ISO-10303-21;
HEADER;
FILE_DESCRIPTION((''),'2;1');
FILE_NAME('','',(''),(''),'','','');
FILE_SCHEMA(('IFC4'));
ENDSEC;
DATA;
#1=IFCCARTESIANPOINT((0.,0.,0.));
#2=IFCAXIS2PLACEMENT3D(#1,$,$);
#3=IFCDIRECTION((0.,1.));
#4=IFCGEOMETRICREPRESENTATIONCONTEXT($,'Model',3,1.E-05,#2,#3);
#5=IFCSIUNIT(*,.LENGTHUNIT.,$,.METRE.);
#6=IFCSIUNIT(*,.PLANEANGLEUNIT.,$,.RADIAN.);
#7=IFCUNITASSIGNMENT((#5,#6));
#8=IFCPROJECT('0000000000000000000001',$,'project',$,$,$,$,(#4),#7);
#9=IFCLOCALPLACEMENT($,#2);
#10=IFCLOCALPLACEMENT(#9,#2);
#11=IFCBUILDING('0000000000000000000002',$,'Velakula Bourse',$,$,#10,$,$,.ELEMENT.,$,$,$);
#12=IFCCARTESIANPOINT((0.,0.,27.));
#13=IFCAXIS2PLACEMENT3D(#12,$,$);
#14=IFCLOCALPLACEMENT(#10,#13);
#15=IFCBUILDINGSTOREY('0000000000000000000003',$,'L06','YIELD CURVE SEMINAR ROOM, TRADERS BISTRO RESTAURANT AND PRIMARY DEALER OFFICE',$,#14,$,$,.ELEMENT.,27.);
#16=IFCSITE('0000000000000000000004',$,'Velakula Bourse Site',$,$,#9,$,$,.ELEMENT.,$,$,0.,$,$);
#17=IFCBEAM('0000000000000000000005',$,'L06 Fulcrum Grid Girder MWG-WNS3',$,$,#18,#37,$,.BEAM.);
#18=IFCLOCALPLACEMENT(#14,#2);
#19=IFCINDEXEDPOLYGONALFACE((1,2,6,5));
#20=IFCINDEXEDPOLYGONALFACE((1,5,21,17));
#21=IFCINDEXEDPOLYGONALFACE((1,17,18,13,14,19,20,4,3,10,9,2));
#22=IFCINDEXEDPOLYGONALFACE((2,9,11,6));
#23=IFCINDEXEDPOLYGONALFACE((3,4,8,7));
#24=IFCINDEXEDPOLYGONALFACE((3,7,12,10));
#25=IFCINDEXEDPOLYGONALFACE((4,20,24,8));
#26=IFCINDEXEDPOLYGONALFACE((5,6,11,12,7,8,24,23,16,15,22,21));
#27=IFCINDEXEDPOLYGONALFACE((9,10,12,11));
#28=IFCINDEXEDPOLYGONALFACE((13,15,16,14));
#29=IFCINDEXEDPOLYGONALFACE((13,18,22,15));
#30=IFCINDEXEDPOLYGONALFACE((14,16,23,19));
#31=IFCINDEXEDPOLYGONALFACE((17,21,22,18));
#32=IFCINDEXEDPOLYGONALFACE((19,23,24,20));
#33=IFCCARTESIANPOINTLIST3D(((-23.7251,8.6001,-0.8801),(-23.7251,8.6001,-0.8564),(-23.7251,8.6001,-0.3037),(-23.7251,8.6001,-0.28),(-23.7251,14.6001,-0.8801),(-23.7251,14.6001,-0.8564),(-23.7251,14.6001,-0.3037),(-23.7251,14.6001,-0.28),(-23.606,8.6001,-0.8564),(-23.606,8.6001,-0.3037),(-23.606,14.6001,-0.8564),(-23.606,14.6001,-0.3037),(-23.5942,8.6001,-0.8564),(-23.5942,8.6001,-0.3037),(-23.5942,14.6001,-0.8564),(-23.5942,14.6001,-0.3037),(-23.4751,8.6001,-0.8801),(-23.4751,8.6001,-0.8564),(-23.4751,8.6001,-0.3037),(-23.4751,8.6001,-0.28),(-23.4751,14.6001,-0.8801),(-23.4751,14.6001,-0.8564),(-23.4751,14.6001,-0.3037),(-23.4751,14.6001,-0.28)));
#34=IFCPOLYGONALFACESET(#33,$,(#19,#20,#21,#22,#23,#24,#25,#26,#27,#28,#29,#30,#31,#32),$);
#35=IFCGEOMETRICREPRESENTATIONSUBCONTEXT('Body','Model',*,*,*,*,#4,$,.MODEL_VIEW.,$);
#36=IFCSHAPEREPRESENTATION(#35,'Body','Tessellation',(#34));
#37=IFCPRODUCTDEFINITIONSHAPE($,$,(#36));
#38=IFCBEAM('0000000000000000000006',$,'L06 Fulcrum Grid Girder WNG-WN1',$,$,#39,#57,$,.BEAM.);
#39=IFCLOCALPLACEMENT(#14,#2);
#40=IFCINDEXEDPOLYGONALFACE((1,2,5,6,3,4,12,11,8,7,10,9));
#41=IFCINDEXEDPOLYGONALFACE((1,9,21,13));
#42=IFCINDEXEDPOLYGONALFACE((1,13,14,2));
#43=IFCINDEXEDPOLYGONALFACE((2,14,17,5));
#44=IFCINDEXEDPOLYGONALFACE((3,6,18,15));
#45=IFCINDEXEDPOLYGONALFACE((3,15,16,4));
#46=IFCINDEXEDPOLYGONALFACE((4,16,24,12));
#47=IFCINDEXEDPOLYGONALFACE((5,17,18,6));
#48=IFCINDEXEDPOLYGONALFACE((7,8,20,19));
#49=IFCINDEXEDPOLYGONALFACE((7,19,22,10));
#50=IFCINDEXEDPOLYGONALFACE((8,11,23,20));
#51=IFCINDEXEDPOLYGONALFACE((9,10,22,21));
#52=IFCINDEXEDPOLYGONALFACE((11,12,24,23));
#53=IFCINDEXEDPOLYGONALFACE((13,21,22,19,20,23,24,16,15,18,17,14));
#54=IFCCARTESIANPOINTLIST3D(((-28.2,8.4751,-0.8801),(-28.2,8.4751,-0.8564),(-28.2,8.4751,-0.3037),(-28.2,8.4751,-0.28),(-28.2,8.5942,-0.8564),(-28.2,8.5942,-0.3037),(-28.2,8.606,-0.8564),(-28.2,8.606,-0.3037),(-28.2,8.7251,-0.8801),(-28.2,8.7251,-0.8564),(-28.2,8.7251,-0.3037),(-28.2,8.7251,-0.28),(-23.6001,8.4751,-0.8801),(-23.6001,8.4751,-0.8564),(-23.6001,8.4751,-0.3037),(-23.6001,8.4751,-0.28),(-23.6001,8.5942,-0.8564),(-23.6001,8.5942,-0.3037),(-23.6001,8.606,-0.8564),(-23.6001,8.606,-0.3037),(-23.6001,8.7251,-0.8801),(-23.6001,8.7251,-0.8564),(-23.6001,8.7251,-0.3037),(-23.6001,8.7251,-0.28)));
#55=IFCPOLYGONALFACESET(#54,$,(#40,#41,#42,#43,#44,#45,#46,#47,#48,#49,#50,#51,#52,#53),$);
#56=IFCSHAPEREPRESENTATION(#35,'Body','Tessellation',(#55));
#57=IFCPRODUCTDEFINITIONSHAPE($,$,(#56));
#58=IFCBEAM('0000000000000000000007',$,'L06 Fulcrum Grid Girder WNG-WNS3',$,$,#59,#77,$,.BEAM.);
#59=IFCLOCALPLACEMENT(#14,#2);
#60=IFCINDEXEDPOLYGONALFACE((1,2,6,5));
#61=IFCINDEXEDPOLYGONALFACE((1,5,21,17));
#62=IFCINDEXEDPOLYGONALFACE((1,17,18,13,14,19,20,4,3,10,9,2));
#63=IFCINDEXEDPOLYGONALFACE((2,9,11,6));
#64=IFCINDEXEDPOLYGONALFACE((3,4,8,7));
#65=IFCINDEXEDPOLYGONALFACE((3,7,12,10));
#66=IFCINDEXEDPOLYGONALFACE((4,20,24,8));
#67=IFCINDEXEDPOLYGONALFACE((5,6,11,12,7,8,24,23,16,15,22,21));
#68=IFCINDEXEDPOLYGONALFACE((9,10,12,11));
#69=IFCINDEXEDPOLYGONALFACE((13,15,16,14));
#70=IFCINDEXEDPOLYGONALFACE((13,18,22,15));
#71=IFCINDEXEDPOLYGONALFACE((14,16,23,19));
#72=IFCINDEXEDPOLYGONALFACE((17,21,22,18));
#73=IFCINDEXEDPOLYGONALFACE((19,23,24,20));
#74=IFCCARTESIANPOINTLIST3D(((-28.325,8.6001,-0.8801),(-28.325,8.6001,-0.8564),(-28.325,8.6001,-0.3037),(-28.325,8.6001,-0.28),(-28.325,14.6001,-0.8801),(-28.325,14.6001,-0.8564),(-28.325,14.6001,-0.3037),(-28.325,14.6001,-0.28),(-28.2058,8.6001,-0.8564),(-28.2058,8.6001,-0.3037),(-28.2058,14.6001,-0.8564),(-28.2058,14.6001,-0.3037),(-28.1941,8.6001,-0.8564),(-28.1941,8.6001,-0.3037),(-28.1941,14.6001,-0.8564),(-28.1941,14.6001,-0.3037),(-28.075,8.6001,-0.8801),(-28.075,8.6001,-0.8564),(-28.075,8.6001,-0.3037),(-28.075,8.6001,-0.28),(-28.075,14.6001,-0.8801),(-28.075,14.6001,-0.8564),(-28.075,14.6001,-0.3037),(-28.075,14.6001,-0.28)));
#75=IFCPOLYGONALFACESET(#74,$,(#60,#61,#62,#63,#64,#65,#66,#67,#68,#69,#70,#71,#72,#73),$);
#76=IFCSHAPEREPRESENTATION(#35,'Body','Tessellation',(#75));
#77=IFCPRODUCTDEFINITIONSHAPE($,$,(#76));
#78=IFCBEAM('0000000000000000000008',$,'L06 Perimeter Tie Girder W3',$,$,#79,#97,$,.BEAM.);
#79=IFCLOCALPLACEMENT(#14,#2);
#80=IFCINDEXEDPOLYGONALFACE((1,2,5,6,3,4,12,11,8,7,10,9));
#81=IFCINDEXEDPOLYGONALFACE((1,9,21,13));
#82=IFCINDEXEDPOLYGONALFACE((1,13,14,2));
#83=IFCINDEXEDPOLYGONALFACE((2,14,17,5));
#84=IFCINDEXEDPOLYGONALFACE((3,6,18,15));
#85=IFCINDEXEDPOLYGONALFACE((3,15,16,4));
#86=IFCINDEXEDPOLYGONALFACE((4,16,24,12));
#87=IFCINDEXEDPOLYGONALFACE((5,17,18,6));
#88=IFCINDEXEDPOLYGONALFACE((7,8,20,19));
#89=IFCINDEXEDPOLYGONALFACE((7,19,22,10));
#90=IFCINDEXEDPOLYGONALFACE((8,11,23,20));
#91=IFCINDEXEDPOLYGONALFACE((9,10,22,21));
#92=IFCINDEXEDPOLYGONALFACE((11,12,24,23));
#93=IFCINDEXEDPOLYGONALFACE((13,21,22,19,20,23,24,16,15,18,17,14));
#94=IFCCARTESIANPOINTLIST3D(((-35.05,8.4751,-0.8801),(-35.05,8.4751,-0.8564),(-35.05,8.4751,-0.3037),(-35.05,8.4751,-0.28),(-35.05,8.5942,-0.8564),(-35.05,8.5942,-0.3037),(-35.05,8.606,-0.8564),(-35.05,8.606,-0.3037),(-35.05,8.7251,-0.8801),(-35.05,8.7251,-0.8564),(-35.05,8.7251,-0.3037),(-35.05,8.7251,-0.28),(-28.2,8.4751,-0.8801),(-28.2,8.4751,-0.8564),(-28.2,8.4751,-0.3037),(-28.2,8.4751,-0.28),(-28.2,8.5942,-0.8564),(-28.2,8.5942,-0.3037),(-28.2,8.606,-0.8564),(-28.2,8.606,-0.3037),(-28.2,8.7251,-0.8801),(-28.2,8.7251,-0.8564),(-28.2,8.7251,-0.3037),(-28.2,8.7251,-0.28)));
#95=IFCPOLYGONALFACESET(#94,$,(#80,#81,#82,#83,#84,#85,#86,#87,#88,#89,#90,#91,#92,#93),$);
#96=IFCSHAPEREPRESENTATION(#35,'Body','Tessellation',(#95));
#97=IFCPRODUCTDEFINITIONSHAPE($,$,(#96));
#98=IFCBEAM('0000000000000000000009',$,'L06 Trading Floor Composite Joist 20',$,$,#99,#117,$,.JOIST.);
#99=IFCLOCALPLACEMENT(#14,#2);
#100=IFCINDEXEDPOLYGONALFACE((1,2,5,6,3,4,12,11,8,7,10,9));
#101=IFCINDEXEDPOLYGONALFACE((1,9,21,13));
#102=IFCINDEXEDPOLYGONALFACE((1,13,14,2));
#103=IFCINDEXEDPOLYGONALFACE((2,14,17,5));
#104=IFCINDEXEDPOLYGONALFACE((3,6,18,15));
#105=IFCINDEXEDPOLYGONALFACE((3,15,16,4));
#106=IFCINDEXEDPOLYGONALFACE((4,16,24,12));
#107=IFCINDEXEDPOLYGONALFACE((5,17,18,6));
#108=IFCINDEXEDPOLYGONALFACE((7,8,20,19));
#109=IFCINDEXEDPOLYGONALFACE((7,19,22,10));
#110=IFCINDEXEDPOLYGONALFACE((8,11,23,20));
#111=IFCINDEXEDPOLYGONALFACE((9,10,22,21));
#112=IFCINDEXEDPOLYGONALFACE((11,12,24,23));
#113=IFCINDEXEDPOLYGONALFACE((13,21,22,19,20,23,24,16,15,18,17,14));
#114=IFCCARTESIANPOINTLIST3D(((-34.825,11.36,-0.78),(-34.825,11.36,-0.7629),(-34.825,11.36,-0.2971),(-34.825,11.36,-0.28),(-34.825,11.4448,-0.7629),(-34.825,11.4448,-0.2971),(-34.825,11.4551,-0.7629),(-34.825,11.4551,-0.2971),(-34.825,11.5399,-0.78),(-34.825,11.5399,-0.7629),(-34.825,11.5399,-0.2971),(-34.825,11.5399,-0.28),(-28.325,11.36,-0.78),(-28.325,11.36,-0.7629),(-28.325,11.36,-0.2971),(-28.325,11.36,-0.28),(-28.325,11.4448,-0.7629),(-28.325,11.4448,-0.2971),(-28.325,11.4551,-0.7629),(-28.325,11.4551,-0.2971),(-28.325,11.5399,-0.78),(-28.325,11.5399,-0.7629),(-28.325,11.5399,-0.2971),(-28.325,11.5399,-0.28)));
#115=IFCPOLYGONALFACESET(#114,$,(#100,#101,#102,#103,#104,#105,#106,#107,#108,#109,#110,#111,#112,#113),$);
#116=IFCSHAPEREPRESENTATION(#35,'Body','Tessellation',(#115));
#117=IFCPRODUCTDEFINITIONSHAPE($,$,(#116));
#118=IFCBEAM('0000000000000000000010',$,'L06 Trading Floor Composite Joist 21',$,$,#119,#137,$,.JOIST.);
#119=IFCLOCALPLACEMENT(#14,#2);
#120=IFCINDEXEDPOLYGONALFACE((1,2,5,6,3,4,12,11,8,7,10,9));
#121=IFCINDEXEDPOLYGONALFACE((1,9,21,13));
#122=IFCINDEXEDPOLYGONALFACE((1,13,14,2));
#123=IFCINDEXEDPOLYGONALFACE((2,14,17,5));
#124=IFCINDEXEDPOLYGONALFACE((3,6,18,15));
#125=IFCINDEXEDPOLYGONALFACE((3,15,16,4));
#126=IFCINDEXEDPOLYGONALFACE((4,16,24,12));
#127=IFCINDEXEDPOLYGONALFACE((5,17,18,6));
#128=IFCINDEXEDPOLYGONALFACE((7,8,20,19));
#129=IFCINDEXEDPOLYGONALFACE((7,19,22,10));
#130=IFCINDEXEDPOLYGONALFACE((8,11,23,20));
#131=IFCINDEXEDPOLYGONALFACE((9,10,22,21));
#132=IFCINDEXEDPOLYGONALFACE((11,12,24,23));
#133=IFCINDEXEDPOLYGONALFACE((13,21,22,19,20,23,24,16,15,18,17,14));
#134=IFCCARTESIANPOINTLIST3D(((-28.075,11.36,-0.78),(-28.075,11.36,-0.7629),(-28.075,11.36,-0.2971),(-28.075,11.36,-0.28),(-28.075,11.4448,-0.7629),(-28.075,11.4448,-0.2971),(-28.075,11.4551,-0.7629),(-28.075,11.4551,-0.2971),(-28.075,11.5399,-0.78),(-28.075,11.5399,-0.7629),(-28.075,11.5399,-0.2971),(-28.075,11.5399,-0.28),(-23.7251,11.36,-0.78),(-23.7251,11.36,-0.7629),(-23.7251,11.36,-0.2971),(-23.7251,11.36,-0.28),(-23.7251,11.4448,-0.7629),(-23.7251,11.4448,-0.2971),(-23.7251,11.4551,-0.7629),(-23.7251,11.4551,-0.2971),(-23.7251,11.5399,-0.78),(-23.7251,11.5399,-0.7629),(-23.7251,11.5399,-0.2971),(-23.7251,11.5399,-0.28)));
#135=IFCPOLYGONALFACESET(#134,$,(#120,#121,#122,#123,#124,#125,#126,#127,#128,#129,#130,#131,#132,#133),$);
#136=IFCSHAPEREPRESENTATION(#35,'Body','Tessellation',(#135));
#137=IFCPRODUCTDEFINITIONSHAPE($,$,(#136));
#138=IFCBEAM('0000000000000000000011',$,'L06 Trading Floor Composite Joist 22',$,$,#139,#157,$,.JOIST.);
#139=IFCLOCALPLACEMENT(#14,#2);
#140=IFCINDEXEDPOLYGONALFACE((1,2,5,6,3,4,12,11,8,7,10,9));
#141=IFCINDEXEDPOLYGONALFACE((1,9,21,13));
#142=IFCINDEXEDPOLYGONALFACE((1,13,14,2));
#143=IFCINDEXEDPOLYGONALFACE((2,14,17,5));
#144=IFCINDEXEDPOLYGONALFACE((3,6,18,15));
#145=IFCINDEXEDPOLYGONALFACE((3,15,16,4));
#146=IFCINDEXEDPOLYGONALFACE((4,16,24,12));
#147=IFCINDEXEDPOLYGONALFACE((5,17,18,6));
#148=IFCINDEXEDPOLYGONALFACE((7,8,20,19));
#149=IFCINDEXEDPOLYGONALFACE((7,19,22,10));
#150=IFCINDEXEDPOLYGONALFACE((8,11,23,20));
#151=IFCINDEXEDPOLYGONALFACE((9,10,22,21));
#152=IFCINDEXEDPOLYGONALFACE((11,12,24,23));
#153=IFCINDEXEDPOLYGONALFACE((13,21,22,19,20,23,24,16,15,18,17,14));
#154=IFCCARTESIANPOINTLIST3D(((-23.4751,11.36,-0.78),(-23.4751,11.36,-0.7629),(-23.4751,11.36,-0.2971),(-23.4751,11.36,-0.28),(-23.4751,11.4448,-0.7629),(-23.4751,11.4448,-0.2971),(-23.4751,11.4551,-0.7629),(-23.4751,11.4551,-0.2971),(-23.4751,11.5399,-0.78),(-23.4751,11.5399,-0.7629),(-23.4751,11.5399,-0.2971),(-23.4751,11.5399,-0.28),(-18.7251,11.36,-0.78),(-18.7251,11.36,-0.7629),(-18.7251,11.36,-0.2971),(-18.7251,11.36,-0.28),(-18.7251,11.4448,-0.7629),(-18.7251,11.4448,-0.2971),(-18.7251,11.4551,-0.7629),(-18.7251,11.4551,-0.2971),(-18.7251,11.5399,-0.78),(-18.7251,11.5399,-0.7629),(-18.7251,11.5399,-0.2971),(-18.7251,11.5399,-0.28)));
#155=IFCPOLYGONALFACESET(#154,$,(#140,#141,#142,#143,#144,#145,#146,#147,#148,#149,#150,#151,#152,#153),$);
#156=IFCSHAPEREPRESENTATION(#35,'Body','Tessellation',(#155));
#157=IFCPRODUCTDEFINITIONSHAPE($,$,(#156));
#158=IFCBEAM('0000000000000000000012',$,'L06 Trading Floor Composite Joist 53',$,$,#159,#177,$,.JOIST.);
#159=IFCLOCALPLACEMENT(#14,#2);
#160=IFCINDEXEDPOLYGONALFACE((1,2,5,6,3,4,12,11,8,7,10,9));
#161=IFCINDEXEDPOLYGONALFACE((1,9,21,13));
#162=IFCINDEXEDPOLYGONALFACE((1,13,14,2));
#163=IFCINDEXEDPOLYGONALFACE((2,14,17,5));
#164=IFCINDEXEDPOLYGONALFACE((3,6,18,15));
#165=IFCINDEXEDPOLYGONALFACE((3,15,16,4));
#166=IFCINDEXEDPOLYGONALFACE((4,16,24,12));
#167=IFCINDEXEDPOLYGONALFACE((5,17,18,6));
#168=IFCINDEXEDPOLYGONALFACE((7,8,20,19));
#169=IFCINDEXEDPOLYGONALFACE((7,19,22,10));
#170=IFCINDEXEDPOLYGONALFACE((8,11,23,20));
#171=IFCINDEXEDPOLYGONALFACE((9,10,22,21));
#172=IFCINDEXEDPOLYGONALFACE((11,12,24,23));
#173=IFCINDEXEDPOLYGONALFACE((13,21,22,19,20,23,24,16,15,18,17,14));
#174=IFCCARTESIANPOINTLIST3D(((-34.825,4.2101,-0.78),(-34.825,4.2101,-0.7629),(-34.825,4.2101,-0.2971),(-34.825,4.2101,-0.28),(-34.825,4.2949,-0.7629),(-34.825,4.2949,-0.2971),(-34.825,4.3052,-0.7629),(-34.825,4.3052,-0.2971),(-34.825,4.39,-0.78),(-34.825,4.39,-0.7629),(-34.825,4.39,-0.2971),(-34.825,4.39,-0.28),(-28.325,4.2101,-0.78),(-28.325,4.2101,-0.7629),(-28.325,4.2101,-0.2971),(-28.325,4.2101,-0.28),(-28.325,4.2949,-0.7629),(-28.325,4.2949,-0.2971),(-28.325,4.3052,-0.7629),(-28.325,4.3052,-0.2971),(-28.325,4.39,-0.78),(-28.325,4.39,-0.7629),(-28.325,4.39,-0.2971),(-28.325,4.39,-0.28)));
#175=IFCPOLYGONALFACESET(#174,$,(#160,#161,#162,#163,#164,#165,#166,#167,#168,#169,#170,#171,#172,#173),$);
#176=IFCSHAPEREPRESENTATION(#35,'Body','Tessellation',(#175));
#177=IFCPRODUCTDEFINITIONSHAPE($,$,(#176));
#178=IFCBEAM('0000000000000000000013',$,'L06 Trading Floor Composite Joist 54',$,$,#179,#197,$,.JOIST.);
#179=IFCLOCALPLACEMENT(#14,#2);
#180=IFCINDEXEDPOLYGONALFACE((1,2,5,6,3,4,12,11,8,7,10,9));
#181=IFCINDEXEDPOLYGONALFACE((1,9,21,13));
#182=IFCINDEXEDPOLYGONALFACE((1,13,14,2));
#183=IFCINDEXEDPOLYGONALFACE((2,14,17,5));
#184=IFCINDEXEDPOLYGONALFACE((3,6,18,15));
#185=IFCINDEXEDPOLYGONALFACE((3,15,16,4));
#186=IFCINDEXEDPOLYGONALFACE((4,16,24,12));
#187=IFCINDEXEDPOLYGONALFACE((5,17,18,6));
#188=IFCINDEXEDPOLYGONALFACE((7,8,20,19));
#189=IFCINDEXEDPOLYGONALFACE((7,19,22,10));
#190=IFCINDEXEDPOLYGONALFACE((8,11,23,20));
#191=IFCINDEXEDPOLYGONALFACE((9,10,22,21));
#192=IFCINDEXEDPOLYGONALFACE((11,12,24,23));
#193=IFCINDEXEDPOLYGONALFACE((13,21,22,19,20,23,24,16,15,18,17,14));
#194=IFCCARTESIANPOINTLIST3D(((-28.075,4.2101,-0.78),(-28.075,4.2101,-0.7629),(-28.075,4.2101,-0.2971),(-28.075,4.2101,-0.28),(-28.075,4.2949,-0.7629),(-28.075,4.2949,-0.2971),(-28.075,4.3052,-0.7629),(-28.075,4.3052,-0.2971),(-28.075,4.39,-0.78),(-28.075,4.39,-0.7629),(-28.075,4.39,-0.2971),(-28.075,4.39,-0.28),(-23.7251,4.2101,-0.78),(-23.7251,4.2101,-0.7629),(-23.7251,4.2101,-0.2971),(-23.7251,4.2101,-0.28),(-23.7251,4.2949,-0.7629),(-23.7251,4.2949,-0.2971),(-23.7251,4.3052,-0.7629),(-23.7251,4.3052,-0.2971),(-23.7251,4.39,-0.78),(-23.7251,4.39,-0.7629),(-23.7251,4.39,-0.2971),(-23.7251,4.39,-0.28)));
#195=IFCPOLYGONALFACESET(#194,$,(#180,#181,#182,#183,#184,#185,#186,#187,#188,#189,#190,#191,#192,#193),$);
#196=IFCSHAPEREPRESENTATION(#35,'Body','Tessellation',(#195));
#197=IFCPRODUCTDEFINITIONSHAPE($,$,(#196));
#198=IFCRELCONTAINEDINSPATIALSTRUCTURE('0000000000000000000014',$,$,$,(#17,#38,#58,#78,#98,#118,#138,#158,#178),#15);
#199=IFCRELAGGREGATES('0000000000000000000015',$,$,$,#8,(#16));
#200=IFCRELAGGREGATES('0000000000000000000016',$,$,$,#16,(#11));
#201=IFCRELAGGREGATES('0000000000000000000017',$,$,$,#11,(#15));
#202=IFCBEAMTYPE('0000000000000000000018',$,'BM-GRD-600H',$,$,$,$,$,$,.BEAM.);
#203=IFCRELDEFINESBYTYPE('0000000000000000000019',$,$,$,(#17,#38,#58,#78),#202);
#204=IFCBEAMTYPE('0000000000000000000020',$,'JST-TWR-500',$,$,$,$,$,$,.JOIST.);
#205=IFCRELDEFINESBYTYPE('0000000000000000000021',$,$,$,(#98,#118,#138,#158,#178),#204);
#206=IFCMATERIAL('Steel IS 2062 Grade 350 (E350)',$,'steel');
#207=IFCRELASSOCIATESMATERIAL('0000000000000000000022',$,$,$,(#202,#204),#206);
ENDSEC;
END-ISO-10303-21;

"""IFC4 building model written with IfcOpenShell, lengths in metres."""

from ifc_helpers import new_model, si_unit, direction, frame, origin, origin_2d, place, context, subcontext, project, spatial, i_section, extrude, material, material_profile, profile_set, type_object, element, save


model = new_model("IFC4")

# Units and contexts
model_context = context("Model", 3, precision=1e-05, world=origin(), true_north=direction((0.0, 1.0)))
body_context = subcontext(model_context, "Body", "Model", "MODEL_VIEW")
ifc_project = project(units=[si_unit("LENGTHUNIT", "METRE"), si_unit("PLANEANGLEUNIT", "RADIAN")], contexts=[model_context])

# Site, building, storey
site_placement = place(None, origin())
site = spatial("IfcSite", under=ifc_project, at=site_placement, Name="Velakula Bourse Site", CompositionType="ELEMENT", RefElevation=0.0)
building_placement = place(site_placement, origin())
building = spatial("IfcBuilding", under=site, at=building_placement, Name="Velakula Bourse", CompositionType="ELEMENT")
storey_placement = place(building_placement, frame((0.0, 0.0, 27.0)))
storey = spatial("IfcBuildingStorey", under=building, at=storey_placement, Name="L06", Description="YIELD CURVE SEMINAR ROOM, TRADERS BISTRO RESTAURANT AND PRIMARY DEALER OFFICE", CompositionType="ELEMENT", Elevation=27.0)

# Beams
ifc_material_1 = material(Name="Steel IS 2062 Grade 350 (E350)", Category="steel")
ifc_material_profile_1 = material_profile(ifc_material_1, i_section(OverallWidth=0.25, OverallDepth=0.6001, WebThickness=0.0117, FlangeThickness=0.0237, at=origin_2d()), Name="Steel IS 2062 Grade 350 (E350)")
ifc_profile_set_1 = profile_set([ifc_material_profile_1], Name="Steel IS 2062 Grade 350 (E350)")
beam_type_1 = type_object("IfcBeamType", Name="BM-GRD-600H", PredefinedType="BEAM", material=ifc_profile_set_1)
beam_1_placement = place(storey_placement, frame((-23.6001, 8.6001, -0.5801), z_axis=(0.0, 1.0, 0.0), x_axis=(-1.0, 0.0, 0.0)))
element("IfcBeam", 1, at=beam_1_placement, inside=storey, type_object=beam_type_1, Name="L06 Fulcrum Grid Girder MWG-WNS3", PredefinedType="BEAM", context=body_context, shape_type="SweptSolid", body=[
    extrude(i_section(OverallWidth=0.25, OverallDepth=0.6001, WebThickness=0.0117, FlangeThickness=0.0237, at=origin_2d()), origin(), (0.0, 0.0, 1.0), 6.0),
])
beam_2_placement = place(storey_placement, frame((-28.2, 8.6001, -0.5801), z_axis=(1.0, 0.0, 0.0), x_axis=(0.0, 1.0, 0.0)))
element("IfcBeam", 2, at=beam_2_placement, inside=storey, type_object=beam_type_1, Name="L06 Fulcrum Grid Girder WNG-WN1", PredefinedType="BEAM", context=body_context, shape_type="SweptSolid", body=[
    extrude(i_section(OverallWidth=0.25, OverallDepth=0.6001, WebThickness=0.0117, FlangeThickness=0.0237, at=origin_2d()), origin(), (0.0, 0.0, 1.0), 4.5999),
])
beam_3_placement = place(storey_placement, frame((-28.2, 8.6001, -0.5801), z_axis=(0.0, 1.0, 0.0), x_axis=(-1.0, 0.0, 0.0)))
element("IfcBeam", 3, at=beam_3_placement, inside=storey, type_object=beam_type_1, Name="L06 Fulcrum Grid Girder WNG-WNS3", PredefinedType="BEAM", context=body_context, shape_type="SweptSolid", body=[
    extrude(i_section(OverallWidth=0.25, OverallDepth=0.6001, WebThickness=0.0117, FlangeThickness=0.0237, at=origin_2d()), origin(), (0.0, 0.0, 1.0), 6.0),
])
beam_4_placement = place(storey_placement, frame((-28.2, 8.6001, -0.5801), z_axis=(-1.0, 0.0, 0.0), x_axis=(0.0, -1.0, 0.0)))
element("IfcBeam", 4, at=beam_4_placement, inside=storey, type_object=beam_type_1, Name="L06 Perimeter Tie Girder W3", PredefinedType="BEAM", context=body_context, shape_type="SweptSolid", body=[
    extrude(i_section(OverallWidth=0.25, OverallDepth=0.6001, WebThickness=0.0117, FlangeThickness=0.0237, at=origin_2d()), origin(), (0.0, 0.0, 1.0), 6.8501),
])
ifc_material_profile_2 = material_profile(ifc_material_1, i_section(OverallWidth=0.1799, OverallDepth=0.5, WebThickness=0.0103, FlangeThickness=0.0171, at=origin_2d()), Name="Steel IS 2062 Grade 350 (E350)")
ifc_profile_set_2 = profile_set([ifc_material_profile_2], Name="Steel IS 2062 Grade 350 (E350)")
beam_type_2 = type_object("IfcBeamType", Name="JST-TWR-500", PredefinedType="JOIST", material=ifc_profile_set_2)
beam_5_placement = place(storey_placement, frame((-34.825, 11.45, -0.53), z_axis=(1.0, 0.0, 0.0), x_axis=(0.0, 1.0, 0.0)))
element("IfcBeam", 5, at=beam_5_placement, inside=storey, type_object=beam_type_2, Name="L06 Trading Floor Composite Joist 20", PredefinedType="JOIST", context=body_context, shape_type="SweptSolid", body=[
    extrude(i_section(OverallWidth=0.1799, OverallDepth=0.5, WebThickness=0.0103, FlangeThickness=0.0171, at=origin_2d()), origin(), (0.0, 0.0, 1.0), 6.5),
])
beam_6_placement = place(storey_placement, frame((-28.075, 11.45, -0.53), z_axis=(1.0, 0.0, 0.0), x_axis=(0.0, 1.0, 0.0)))
element("IfcBeam", 6, at=beam_6_placement, inside=storey, type_object=beam_type_2, Name="L06 Trading Floor Composite Joist 21", PredefinedType="JOIST", context=body_context, shape_type="SweptSolid", body=[
    extrude(i_section(OverallWidth=0.1799, OverallDepth=0.5, WebThickness=0.0103, FlangeThickness=0.0171, at=origin_2d()), origin(), (0.0, 0.0, 1.0), 4.3499),
])
beam_7_placement = place(storey_placement, frame((-23.4751, 11.45, -0.53), z_axis=(1.0, 0.0, 0.0), x_axis=(0.0, 1.0, 0.0)))
element("IfcBeam", 7, at=beam_7_placement, inside=storey, type_object=beam_type_2, Name="L06 Trading Floor Composite Joist 22", PredefinedType="JOIST", context=body_context, shape_type="SweptSolid", body=[
    extrude(i_section(OverallWidth=0.1799, OverallDepth=0.5, WebThickness=0.0103, FlangeThickness=0.0171, at=origin_2d()), origin(), (0.0, 0.0, 1.0), 4.75),
])
beam_8_placement = place(storey_placement, frame((-34.825, 4.3, -0.53), z_axis=(1.0, 0.0, 0.0), x_axis=(0.0, 1.0, 0.0)))
element("IfcBeam", 8, at=beam_8_placement, inside=storey, type_object=beam_type_2, Name="L06 Trading Floor Composite Joist 53", PredefinedType="JOIST", context=body_context, shape_type="SweptSolid", body=[
    extrude(i_section(OverallWidth=0.1799, OverallDepth=0.5, WebThickness=0.0103, FlangeThickness=0.0171, at=origin_2d()), origin(), (0.0, 0.0, 1.0), 6.5),
])
beam_9_placement = place(storey_placement, frame((-28.075, 4.3, -0.53), z_axis=(1.0, 0.0, 0.0), x_axis=(0.0, 1.0, 0.0)))
element("IfcBeam", 9, at=beam_9_placement, inside=storey, type_object=beam_type_2, Name="L06 Trading Floor Composite Joist 54", PredefinedType="JOIST", context=body_context, shape_type="SweptSolid", body=[
    extrude(i_section(OverallWidth=0.1799, OverallDepth=0.5, WebThickness=0.0103, FlangeThickness=0.0171, at=origin_2d()), origin(), (0.0, 0.0, 1.0), 4.3499),
])

save(model, "model.ifc")
